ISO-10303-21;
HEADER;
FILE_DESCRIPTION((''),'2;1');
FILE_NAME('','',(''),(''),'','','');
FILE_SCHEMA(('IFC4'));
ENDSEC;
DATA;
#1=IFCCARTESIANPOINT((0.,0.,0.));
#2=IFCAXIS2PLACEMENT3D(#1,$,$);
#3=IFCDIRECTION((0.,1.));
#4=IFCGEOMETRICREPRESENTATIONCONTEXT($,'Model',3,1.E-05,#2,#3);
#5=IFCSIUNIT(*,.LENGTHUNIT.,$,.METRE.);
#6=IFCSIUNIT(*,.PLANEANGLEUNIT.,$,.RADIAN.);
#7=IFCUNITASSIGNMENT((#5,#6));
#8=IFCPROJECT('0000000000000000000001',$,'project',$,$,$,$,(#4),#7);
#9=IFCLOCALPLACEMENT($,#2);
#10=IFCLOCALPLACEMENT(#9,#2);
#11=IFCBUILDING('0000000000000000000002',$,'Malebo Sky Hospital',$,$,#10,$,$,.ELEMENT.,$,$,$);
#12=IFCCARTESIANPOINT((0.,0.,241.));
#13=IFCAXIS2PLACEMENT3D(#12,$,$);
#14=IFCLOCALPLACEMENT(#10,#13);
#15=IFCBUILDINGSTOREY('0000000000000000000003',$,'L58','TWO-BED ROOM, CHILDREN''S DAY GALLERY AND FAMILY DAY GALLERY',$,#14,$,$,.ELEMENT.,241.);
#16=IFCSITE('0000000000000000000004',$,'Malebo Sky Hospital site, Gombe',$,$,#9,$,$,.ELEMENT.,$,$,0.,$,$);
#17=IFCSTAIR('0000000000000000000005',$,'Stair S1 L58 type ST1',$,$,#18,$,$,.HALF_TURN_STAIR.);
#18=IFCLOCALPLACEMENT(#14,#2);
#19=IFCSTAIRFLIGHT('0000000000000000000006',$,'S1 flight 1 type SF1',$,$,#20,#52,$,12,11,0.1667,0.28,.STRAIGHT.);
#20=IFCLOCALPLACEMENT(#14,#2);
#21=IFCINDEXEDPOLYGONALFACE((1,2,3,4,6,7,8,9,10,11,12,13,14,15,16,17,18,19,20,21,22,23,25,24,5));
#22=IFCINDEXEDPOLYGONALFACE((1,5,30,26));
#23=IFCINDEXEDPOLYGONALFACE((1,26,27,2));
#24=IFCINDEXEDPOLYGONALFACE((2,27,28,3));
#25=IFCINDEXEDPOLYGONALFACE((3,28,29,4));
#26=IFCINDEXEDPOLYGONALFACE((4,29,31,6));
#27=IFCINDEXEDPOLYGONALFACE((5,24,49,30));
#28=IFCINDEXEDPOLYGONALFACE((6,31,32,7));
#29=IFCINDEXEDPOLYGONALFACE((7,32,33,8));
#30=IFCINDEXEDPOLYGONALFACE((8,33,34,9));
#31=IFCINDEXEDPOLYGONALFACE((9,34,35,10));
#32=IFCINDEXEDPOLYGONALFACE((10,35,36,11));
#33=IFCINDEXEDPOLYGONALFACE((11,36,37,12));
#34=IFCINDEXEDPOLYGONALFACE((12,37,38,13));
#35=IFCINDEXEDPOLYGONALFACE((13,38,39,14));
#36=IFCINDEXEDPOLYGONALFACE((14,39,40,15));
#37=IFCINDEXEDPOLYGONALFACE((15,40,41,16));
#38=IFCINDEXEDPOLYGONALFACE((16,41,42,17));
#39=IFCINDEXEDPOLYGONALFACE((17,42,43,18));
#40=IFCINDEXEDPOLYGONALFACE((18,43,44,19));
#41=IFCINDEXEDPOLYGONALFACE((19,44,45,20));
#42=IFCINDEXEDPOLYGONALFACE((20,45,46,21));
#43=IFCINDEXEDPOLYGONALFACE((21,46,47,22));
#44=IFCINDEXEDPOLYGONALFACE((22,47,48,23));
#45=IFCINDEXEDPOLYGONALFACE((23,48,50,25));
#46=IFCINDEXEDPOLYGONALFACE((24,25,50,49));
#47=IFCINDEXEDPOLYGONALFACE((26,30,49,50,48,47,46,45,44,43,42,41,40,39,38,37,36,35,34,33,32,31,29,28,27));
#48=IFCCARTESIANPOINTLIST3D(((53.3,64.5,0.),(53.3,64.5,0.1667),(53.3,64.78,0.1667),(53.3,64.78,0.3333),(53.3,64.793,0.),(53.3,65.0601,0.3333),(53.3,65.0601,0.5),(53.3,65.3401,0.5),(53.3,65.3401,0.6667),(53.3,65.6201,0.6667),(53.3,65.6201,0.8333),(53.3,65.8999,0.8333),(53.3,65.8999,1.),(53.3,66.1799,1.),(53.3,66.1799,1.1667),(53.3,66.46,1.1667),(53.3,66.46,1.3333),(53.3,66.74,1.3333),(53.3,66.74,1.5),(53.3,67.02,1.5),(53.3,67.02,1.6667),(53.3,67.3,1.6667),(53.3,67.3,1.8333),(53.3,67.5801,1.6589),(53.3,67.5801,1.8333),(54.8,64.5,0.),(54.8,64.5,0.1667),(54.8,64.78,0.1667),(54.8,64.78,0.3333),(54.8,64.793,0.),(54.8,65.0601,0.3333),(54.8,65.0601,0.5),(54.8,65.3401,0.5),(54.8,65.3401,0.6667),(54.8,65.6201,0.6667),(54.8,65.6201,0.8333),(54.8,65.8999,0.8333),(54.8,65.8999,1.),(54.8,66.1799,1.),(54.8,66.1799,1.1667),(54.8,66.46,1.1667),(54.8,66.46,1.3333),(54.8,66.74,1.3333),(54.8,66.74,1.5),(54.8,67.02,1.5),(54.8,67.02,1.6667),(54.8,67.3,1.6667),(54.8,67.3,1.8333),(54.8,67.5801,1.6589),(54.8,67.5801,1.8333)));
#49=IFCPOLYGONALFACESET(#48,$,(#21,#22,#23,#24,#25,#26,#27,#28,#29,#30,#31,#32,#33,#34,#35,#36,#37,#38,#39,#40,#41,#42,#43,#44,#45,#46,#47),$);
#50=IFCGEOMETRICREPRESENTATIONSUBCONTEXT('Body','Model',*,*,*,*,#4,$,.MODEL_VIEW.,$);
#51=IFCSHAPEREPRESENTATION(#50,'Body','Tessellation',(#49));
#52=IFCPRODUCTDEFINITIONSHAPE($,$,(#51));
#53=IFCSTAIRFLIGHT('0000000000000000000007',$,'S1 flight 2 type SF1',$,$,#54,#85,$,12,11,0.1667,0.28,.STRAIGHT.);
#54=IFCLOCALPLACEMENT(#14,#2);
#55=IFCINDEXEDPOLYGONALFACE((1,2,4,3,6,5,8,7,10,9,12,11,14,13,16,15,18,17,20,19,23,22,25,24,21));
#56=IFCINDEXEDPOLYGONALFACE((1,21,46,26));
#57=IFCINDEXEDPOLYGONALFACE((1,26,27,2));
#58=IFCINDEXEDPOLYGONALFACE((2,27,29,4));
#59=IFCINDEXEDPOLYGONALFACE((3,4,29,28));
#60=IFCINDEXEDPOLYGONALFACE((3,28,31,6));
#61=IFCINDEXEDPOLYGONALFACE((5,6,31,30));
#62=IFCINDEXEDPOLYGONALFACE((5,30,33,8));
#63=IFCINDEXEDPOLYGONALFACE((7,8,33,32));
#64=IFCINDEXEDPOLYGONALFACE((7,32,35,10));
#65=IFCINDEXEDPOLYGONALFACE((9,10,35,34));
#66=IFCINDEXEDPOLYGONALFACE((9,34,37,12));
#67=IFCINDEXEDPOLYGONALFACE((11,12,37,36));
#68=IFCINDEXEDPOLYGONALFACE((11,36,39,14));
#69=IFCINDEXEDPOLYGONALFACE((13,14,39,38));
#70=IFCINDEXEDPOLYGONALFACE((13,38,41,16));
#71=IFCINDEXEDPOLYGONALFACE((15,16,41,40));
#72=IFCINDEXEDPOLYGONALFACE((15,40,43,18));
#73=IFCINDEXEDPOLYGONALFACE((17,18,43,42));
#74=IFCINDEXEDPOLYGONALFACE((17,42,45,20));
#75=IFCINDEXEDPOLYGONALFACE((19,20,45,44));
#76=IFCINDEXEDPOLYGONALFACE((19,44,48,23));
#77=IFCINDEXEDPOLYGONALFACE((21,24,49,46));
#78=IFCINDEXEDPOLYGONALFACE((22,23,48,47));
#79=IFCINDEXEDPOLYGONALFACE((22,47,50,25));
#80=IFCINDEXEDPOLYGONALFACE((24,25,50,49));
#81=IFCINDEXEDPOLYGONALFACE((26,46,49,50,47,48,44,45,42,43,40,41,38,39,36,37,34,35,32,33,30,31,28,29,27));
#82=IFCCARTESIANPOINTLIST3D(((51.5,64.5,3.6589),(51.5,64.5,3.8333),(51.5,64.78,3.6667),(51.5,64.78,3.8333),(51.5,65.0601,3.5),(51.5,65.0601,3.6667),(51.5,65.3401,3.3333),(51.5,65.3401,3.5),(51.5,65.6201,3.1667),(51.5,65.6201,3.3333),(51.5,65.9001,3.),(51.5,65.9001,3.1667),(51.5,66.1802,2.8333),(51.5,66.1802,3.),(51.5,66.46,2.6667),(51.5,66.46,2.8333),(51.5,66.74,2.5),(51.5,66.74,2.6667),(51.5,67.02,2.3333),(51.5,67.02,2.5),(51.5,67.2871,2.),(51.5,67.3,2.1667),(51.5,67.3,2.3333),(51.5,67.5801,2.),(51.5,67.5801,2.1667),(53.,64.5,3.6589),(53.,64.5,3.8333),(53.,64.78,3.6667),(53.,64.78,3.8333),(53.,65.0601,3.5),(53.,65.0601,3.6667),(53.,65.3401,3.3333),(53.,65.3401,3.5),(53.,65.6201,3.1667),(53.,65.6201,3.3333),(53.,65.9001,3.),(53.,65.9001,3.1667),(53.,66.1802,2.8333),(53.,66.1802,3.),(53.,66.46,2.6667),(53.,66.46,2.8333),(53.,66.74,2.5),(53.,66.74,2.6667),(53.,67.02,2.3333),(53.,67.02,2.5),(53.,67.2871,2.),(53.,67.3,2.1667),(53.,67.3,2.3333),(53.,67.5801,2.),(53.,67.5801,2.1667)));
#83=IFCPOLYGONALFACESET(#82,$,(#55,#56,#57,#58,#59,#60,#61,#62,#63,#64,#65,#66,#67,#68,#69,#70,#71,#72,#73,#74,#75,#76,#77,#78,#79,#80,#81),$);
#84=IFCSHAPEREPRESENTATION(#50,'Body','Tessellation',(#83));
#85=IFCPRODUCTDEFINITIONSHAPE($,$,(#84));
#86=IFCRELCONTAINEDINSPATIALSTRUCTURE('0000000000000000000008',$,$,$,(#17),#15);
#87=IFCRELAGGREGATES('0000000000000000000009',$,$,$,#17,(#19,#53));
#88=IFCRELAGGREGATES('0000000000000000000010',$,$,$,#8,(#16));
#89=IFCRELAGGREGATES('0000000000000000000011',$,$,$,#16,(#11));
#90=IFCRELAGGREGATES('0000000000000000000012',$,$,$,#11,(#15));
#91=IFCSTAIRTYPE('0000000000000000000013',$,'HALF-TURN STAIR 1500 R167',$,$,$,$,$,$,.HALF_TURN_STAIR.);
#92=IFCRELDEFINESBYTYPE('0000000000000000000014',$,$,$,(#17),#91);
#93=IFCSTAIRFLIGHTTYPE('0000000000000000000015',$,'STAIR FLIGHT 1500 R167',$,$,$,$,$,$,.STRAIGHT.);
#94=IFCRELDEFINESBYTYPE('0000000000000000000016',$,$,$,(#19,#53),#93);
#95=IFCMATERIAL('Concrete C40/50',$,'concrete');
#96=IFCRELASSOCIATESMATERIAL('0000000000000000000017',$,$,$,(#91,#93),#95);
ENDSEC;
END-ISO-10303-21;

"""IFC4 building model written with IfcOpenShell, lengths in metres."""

from ifc_helpers import new_model, si_unit, direction, frame, origin, place, context, subcontext, project, spatial, polyline, outline, extrude, material, type_object, element, aggregate, save


model = new_model("IFC4")

# Units and contexts
model_context = context("Model", 3, precision=1e-05, world=origin(), true_north=direction((0.0, 1.0)))
body_context = subcontext(model_context, "Body", "Model", "MODEL_VIEW")
ifc_project = project(units=[si_unit("LENGTHUNIT", "METRE"), si_unit("PLANEANGLEUNIT", "RADIAN")], contexts=[model_context])

# Site, building, storey
site_placement = place(None, origin())
site = spatial("IfcSite", under=ifc_project, at=site_placement, Name="Malebo Sky Hospital site, Gombe", CompositionType="ELEMENT", RefElevation=0.0)
building_placement = place(site_placement, origin())
building = spatial("IfcBuilding", under=site, at=building_placement, Name="Malebo Sky Hospital", CompositionType="ELEMENT")
storey_placement = place(building_placement, frame((0.0, 0.0, 241.0)))
storey = spatial("IfcBuildingStorey", under=building, at=storey_placement, Name="L58", Description="TWO-BED ROOM, CHILDREN'S DAY GALLERY AND FAMILY DAY GALLERY", CompositionType="ELEMENT", Elevation=241.0)

# Stair, stair flights
ifc_material_1 = material(Name="Concrete C40/50", Category="concrete")
stair_type = type_object("IfcStairType", Name="HALF-TURN STAIR 1500 R167", PredefinedType="HALF_TURN_STAIR", material=ifc_material_1)
stair_placement = place(storey_placement, origin())
stair = element("IfcStair", 1, at=stair_placement, inside=storey, type_object=stair_type, Name="Stair S1 L58 type ST1", PredefinedType="HALF_TURN_STAIR")
stair_flight_type = type_object("IfcStairFlightType", Name="STAIR FLIGHT 1500 R167", PredefinedType="STRAIGHT", material=ifc_material_1)
stair_flight_1_placement = place(storey_placement, frame((54.05, 64.5, 0.0), z_axis=(0.0, 0.0, 1.0), x_axis=(0.0, 1.0, 0.0)))
stair_flight_1 = element("IfcStairFlight", 2, at=stair_flight_1_placement, type_object=stair_flight_type, Name="S1 flight 1 type SF1", NumberOfRisers=12, NumberOfTreads=11, PredefinedType="STRAIGHT", RiserHeight=0.1667, TreadLength=0.28, context=body_context, shape_type="SweptSolid", body=[
    extrude(outline(polyline([(0.0, 0.0), (0.0, 0.1667), (0.28, 0.1667), (0.28, 0.3333), (0.5601, 0.3333), (0.5601, 0.5), (0.8401, 0.5), (0.8401, 0.6667), (1.1201, 0.6667), (1.1201, 0.8333), (1.3999, 0.8333), (1.3999, 1.0), (1.6799, 1.0), (1.6799, 1.1667), (1.96, 1.1667), (1.96, 1.3333), (2.24, 1.3333), (2.24, 1.5), (2.52, 1.5), (2.52, 1.6667), (2.8, 1.6667), (2.8, 1.8333), (3.0801, 1.8333), (3.0801, 2.0), (3.0801, 1.6589), (0.293, 0.0), (0.0, 0.0)])), frame((0.0, 0.75, 0.0), z_axis=(0.0, -1.0, 0.0), x_axis=(1.0, 0.0, 0.0)), (0.0, 0.0, 1.0), 1.5),
])
stair_flight_2_placement = place(storey_placement, frame((52.25, 67.5801, 2.0), z_axis=(0.0, 0.0, 1.0), x_axis=(0.0, -1.0, 0.0)))
stair_flight_2 = element("IfcStairFlight", 3, at=stair_flight_2_placement, type_object=stair_flight_type, Name="S1 flight 2 type SF1", NumberOfRisers=12, NumberOfTreads=11, PredefinedType="STRAIGHT", RiserHeight=0.1667, TreadLength=0.28, context=body_context, shape_type="SweptSolid", body=[
    extrude(outline(polyline([(0.0, 0.0), (0.0, 0.1667), (0.28, 0.1667), (0.28, 0.3333), (0.5601, 0.3333), (0.5601, 0.5), (0.8401, 0.5), (0.8401, 0.6667), (1.1201, 0.6667), (1.1201, 0.8333), (1.3999, 0.8333), (1.3999, 1.0), (1.6799, 1.0), (1.6799, 1.1667), (1.96, 1.1667), (1.96, 1.3333), (2.24, 1.3333), (2.24, 1.5), (2.52, 1.5), (2.52, 1.6667), (2.8, 1.6667), (2.8, 1.8333), (3.0801, 1.8333), (3.0801, 2.0), (3.0801, 1.6589), (0.293, 0.0), (0.0, 0.0)])), frame((0.0, 0.75, 0.0), z_axis=(0.0, -1.0, 0.0), x_axis=(1.0, 0.0, 0.0)), (0.0, 0.0, 1.0), 1.5),
])
aggregate(stair, [stair_flight_1, stair_flight_2])

save(model, "model.ifc")
